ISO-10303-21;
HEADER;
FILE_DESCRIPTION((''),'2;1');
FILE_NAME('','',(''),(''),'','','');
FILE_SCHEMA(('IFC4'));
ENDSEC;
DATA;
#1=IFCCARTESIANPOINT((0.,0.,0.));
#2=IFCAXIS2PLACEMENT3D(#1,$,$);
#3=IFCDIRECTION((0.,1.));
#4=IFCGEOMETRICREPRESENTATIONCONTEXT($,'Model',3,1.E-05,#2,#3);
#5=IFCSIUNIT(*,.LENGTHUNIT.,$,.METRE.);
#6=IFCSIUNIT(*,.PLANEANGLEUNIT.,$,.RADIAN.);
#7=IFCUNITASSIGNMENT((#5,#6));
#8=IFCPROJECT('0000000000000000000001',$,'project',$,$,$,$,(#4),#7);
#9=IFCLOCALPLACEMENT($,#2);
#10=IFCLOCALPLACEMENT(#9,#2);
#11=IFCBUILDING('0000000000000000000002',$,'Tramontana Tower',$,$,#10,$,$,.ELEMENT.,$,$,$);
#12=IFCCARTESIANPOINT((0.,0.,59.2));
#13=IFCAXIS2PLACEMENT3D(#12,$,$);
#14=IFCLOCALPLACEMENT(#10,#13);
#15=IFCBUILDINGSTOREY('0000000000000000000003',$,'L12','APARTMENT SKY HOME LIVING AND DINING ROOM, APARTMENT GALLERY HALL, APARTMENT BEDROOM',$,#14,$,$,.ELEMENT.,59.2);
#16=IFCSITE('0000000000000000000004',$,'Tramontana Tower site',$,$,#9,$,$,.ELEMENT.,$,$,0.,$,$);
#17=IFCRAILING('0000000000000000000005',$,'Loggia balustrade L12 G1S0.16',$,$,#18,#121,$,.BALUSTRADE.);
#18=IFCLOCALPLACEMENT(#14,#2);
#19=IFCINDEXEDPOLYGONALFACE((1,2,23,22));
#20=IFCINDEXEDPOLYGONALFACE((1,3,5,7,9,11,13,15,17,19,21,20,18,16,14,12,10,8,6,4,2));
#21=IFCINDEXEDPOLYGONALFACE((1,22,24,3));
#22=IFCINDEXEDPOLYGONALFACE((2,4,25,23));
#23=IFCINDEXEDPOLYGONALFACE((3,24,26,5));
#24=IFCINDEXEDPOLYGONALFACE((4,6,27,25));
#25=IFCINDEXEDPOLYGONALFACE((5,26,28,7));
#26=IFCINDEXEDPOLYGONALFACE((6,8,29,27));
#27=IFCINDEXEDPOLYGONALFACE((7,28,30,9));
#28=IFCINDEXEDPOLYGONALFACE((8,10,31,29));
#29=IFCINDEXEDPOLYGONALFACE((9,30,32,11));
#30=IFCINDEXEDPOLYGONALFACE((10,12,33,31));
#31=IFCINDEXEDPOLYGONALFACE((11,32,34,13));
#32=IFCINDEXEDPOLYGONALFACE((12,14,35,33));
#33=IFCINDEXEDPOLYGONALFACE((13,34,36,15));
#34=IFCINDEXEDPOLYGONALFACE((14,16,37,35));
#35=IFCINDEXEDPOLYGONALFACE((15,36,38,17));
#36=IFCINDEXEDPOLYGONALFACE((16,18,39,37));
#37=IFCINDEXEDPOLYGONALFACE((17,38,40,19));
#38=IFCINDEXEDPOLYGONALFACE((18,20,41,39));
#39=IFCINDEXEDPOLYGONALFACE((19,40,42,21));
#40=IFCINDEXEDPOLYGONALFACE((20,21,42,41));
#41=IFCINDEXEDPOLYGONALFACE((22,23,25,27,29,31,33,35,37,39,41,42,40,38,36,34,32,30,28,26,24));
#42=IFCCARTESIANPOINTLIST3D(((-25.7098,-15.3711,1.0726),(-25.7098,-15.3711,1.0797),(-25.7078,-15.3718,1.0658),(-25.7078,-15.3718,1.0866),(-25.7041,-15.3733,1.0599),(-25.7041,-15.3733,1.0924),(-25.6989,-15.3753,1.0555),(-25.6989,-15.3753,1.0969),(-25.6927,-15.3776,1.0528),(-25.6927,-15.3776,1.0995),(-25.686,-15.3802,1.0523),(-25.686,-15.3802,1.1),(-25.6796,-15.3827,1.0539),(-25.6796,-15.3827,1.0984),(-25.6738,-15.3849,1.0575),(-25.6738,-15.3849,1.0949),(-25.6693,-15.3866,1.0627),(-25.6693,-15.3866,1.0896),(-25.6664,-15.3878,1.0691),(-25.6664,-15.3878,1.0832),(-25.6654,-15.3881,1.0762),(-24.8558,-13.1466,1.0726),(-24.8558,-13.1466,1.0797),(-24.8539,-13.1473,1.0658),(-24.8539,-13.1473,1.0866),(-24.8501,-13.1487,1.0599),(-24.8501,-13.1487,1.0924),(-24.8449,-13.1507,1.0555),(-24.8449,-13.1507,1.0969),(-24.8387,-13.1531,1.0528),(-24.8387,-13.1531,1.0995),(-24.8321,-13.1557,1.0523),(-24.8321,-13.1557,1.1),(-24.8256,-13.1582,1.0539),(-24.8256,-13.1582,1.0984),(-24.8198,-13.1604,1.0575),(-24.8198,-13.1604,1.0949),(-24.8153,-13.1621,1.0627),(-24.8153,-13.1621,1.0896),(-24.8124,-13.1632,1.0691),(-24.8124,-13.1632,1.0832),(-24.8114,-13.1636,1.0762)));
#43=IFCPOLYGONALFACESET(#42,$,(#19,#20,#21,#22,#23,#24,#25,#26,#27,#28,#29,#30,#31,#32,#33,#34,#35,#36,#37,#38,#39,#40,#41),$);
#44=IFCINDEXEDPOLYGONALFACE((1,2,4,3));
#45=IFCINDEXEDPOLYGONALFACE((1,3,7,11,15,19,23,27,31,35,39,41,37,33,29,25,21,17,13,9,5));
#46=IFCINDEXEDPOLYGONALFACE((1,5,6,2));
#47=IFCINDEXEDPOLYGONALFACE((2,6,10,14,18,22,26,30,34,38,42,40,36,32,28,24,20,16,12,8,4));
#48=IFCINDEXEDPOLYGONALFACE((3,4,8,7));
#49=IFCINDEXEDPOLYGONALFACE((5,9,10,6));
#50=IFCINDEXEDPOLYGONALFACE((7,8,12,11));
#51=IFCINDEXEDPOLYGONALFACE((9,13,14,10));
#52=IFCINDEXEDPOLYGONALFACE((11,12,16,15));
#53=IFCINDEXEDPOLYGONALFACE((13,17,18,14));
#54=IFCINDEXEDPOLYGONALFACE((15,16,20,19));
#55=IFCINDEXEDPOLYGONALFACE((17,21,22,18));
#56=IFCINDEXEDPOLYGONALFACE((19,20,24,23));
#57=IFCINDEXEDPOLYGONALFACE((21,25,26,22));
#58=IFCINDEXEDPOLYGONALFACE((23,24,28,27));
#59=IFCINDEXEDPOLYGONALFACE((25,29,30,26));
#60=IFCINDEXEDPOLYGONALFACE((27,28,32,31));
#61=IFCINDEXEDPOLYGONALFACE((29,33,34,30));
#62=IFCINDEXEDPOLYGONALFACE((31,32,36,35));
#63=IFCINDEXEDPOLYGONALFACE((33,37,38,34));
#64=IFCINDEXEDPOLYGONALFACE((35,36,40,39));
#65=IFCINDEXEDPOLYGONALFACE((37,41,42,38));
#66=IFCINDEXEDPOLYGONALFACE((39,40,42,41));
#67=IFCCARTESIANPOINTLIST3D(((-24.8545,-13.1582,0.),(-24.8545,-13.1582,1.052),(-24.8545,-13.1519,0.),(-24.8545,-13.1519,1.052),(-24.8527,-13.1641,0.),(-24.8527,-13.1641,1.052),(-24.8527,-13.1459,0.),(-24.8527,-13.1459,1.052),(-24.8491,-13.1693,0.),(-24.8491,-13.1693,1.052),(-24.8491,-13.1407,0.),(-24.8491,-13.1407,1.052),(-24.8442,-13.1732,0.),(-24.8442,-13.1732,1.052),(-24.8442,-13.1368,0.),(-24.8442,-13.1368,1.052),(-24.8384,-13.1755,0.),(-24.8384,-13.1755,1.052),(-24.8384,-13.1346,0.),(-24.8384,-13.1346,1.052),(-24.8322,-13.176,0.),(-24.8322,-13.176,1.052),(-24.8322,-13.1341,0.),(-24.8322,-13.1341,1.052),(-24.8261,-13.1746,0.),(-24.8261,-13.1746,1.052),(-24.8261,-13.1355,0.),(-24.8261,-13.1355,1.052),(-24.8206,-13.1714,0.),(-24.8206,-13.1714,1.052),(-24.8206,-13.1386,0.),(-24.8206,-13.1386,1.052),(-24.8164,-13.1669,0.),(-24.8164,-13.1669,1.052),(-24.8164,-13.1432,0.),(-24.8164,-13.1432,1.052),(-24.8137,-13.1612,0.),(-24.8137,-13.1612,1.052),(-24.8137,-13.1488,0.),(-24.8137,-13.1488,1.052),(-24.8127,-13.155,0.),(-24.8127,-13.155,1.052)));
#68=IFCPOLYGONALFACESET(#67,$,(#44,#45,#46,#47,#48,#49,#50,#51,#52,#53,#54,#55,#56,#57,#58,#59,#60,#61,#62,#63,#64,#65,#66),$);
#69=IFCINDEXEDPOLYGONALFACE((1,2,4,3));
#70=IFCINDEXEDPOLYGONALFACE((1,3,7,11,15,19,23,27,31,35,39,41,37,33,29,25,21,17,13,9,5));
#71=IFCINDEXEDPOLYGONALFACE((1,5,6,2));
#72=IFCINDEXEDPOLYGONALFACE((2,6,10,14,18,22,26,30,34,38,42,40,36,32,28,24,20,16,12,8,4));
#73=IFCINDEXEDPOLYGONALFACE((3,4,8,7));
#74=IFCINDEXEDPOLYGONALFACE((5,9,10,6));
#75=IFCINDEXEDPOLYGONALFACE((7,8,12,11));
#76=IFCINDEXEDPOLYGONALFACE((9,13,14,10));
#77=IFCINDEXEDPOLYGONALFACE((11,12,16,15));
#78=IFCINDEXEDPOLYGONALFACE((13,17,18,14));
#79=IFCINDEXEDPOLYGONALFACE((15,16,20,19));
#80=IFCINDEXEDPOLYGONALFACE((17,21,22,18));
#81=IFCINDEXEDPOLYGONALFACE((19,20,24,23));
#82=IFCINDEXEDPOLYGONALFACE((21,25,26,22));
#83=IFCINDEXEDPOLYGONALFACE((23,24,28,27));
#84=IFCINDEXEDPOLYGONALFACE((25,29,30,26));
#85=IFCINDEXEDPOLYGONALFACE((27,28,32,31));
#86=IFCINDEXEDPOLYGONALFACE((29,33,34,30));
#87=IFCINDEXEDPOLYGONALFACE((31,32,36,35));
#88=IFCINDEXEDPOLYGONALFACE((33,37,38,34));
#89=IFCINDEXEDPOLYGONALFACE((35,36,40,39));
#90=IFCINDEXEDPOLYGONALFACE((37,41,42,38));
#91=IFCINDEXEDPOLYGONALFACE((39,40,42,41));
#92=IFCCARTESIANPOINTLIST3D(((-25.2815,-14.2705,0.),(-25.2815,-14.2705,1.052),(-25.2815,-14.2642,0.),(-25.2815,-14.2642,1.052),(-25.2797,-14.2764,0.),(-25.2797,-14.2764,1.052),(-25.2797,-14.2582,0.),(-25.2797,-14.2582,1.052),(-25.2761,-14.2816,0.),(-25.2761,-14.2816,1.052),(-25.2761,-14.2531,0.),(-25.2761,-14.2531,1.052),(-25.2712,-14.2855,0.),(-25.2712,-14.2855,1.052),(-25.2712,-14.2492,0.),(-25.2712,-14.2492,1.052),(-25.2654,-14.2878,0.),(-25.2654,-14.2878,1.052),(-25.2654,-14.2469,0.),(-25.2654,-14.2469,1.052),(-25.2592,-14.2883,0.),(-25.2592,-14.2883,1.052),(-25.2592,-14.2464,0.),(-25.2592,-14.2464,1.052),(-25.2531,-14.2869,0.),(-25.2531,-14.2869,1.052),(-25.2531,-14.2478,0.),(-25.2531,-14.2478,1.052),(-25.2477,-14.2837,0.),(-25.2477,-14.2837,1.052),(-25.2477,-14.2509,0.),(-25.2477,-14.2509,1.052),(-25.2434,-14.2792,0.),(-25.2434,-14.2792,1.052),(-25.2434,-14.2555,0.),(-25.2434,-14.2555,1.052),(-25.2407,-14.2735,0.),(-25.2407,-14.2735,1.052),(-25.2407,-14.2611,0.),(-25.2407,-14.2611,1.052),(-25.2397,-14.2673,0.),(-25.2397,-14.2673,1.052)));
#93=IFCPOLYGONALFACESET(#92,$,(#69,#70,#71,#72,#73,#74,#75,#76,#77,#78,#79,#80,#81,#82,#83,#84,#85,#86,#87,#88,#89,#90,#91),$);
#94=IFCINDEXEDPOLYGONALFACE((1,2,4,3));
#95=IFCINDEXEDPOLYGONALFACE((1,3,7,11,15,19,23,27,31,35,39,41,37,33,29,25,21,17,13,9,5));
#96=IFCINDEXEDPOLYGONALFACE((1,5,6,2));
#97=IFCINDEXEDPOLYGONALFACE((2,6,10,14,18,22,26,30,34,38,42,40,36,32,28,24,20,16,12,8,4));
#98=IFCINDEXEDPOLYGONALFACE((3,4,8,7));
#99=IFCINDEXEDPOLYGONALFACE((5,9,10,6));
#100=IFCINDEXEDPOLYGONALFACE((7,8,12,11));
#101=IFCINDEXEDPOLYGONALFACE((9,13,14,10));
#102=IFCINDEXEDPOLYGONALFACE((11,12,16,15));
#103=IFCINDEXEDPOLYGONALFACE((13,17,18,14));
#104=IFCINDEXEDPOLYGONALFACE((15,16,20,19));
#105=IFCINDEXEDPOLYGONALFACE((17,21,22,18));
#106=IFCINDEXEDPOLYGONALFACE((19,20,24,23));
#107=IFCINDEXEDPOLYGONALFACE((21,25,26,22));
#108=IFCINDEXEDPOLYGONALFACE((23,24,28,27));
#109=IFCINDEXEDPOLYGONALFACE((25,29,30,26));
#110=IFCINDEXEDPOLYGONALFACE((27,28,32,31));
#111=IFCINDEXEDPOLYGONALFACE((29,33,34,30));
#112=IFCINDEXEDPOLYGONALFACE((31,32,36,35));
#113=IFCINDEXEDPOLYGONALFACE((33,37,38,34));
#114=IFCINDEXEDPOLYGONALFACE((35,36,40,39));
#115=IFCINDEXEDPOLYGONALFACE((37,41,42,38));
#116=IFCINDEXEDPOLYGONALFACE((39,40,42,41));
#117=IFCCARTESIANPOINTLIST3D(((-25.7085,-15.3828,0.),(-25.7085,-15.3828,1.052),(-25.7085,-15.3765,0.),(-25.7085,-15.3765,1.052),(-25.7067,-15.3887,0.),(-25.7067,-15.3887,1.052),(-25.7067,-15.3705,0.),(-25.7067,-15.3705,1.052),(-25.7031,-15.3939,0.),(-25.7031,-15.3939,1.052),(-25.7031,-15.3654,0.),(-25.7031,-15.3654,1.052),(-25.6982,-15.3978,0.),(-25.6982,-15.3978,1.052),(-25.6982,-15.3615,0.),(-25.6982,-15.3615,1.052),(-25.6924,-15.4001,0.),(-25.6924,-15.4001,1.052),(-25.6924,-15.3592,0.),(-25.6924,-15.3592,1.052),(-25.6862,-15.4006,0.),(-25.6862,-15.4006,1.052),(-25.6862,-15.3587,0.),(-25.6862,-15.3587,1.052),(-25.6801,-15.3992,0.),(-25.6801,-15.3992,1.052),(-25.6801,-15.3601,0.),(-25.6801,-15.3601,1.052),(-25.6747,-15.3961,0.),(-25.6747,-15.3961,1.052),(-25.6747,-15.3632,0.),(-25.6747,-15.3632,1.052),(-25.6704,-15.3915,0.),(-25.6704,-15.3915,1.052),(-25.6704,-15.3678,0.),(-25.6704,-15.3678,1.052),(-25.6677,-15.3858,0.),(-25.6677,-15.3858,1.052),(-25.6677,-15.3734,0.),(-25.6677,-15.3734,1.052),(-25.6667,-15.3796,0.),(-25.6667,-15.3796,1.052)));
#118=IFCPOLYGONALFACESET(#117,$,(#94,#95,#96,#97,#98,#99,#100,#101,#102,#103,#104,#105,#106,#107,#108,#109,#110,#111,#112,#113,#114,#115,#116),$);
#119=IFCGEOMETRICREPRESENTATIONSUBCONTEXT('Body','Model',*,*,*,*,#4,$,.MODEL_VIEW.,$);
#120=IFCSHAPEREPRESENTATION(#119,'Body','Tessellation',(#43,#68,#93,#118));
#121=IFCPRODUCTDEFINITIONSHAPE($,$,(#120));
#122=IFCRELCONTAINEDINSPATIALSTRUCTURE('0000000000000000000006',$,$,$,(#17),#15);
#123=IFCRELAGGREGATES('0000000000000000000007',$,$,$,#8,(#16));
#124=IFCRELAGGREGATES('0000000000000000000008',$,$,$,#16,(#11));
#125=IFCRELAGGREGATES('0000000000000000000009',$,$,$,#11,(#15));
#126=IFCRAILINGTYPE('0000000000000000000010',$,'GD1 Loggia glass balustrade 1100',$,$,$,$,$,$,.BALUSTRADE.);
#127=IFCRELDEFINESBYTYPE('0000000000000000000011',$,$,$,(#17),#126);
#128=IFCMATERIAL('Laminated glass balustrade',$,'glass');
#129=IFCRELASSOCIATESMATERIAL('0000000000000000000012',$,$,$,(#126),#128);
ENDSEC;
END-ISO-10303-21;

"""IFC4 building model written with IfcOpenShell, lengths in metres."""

from ifc_helpers import new_model, si_unit, direction, frame, origin, origin_2d, place, context, subcontext, project, spatial, circle, extrude, material, type_object, element, save


model = new_model("IFC4")

# Units and contexts
model_context = context("Model", 3, precision=1e-05, world=origin(), true_north=direction((0.0, 1.0)))
body_context = subcontext(model_context, "Body", "Model", "MODEL_VIEW")
ifc_project = project(units=[si_unit("LENGTHUNIT", "METRE"), si_unit("PLANEANGLEUNIT", "RADIAN")], contexts=[model_context])

# Site, building, storey
site_placement = place(None, origin())
site = spatial("IfcSite", under=ifc_project, at=site_placement, Name="Tramontana Tower site", CompositionType="ELEMENT", RefElevation=0.0)
building_placement = place(site_placement, origin())
building = spatial("IfcBuilding", under=site, at=building_placement, Name="Tramontana Tower", CompositionType="ELEMENT")
storey_placement = place(building_placement, frame((0.0, 0.0, 59.2)))
storey = spatial("IfcBuildingStorey", under=building, at=storey_placement, Name="L12", Description="APARTMENT SKY HOME LIVING AND DINING ROOM, APARTMENT GALLERY HALL, APARTMENT BEDROOM", CompositionType="ELEMENT", Elevation=59.2)

# Railing
ifc_material_1 = material(Name="Laminated glass balustrade", Category="glass")
railing_type = type_object("IfcRailingType", Name="GD1 Loggia glass balustrade 1100", PredefinedType="BALUSTRADE", material=ifc_material_1)
railing_1_placement = place(storey_placement, frame((-24.8337, -13.155, 0.0)))
element("IfcRailing", 1, at=railing_1_placement, inside=storey, type_object=railing_type, Name="Loggia balustrade L12 G1S0.16", PredefinedType="BALUSTRADE", context=body_context, shape_type="SweptSolid", body=[
    extrude(circle(Radius=0.0239, at=origin_2d()), frame((0.0, 0.0, 1.0762), z_axis=(-0.358389, -0.933573, 0.0), x_axis=(0.933573, -0.358389, 0.0)), (0.0, 0.0, 1.0), 2.3828),
    extrude(circle(Radius=0.021, at=origin_2d()), origin(), (0.0, 0.0, 1.0), 1.052),
    extrude(circle(Radius=0.021, at=origin_2d()), frame((-0.427, -1.1123, 0.0)), (0.0, 0.0, 1.0), 1.052),
    extrude(circle(Radius=0.021, at=origin_2d()), frame((-0.854, -2.2246, 0.0)), (0.0, 0.0, 1.0), 1.052),
])

save(model, "model.ifc")
